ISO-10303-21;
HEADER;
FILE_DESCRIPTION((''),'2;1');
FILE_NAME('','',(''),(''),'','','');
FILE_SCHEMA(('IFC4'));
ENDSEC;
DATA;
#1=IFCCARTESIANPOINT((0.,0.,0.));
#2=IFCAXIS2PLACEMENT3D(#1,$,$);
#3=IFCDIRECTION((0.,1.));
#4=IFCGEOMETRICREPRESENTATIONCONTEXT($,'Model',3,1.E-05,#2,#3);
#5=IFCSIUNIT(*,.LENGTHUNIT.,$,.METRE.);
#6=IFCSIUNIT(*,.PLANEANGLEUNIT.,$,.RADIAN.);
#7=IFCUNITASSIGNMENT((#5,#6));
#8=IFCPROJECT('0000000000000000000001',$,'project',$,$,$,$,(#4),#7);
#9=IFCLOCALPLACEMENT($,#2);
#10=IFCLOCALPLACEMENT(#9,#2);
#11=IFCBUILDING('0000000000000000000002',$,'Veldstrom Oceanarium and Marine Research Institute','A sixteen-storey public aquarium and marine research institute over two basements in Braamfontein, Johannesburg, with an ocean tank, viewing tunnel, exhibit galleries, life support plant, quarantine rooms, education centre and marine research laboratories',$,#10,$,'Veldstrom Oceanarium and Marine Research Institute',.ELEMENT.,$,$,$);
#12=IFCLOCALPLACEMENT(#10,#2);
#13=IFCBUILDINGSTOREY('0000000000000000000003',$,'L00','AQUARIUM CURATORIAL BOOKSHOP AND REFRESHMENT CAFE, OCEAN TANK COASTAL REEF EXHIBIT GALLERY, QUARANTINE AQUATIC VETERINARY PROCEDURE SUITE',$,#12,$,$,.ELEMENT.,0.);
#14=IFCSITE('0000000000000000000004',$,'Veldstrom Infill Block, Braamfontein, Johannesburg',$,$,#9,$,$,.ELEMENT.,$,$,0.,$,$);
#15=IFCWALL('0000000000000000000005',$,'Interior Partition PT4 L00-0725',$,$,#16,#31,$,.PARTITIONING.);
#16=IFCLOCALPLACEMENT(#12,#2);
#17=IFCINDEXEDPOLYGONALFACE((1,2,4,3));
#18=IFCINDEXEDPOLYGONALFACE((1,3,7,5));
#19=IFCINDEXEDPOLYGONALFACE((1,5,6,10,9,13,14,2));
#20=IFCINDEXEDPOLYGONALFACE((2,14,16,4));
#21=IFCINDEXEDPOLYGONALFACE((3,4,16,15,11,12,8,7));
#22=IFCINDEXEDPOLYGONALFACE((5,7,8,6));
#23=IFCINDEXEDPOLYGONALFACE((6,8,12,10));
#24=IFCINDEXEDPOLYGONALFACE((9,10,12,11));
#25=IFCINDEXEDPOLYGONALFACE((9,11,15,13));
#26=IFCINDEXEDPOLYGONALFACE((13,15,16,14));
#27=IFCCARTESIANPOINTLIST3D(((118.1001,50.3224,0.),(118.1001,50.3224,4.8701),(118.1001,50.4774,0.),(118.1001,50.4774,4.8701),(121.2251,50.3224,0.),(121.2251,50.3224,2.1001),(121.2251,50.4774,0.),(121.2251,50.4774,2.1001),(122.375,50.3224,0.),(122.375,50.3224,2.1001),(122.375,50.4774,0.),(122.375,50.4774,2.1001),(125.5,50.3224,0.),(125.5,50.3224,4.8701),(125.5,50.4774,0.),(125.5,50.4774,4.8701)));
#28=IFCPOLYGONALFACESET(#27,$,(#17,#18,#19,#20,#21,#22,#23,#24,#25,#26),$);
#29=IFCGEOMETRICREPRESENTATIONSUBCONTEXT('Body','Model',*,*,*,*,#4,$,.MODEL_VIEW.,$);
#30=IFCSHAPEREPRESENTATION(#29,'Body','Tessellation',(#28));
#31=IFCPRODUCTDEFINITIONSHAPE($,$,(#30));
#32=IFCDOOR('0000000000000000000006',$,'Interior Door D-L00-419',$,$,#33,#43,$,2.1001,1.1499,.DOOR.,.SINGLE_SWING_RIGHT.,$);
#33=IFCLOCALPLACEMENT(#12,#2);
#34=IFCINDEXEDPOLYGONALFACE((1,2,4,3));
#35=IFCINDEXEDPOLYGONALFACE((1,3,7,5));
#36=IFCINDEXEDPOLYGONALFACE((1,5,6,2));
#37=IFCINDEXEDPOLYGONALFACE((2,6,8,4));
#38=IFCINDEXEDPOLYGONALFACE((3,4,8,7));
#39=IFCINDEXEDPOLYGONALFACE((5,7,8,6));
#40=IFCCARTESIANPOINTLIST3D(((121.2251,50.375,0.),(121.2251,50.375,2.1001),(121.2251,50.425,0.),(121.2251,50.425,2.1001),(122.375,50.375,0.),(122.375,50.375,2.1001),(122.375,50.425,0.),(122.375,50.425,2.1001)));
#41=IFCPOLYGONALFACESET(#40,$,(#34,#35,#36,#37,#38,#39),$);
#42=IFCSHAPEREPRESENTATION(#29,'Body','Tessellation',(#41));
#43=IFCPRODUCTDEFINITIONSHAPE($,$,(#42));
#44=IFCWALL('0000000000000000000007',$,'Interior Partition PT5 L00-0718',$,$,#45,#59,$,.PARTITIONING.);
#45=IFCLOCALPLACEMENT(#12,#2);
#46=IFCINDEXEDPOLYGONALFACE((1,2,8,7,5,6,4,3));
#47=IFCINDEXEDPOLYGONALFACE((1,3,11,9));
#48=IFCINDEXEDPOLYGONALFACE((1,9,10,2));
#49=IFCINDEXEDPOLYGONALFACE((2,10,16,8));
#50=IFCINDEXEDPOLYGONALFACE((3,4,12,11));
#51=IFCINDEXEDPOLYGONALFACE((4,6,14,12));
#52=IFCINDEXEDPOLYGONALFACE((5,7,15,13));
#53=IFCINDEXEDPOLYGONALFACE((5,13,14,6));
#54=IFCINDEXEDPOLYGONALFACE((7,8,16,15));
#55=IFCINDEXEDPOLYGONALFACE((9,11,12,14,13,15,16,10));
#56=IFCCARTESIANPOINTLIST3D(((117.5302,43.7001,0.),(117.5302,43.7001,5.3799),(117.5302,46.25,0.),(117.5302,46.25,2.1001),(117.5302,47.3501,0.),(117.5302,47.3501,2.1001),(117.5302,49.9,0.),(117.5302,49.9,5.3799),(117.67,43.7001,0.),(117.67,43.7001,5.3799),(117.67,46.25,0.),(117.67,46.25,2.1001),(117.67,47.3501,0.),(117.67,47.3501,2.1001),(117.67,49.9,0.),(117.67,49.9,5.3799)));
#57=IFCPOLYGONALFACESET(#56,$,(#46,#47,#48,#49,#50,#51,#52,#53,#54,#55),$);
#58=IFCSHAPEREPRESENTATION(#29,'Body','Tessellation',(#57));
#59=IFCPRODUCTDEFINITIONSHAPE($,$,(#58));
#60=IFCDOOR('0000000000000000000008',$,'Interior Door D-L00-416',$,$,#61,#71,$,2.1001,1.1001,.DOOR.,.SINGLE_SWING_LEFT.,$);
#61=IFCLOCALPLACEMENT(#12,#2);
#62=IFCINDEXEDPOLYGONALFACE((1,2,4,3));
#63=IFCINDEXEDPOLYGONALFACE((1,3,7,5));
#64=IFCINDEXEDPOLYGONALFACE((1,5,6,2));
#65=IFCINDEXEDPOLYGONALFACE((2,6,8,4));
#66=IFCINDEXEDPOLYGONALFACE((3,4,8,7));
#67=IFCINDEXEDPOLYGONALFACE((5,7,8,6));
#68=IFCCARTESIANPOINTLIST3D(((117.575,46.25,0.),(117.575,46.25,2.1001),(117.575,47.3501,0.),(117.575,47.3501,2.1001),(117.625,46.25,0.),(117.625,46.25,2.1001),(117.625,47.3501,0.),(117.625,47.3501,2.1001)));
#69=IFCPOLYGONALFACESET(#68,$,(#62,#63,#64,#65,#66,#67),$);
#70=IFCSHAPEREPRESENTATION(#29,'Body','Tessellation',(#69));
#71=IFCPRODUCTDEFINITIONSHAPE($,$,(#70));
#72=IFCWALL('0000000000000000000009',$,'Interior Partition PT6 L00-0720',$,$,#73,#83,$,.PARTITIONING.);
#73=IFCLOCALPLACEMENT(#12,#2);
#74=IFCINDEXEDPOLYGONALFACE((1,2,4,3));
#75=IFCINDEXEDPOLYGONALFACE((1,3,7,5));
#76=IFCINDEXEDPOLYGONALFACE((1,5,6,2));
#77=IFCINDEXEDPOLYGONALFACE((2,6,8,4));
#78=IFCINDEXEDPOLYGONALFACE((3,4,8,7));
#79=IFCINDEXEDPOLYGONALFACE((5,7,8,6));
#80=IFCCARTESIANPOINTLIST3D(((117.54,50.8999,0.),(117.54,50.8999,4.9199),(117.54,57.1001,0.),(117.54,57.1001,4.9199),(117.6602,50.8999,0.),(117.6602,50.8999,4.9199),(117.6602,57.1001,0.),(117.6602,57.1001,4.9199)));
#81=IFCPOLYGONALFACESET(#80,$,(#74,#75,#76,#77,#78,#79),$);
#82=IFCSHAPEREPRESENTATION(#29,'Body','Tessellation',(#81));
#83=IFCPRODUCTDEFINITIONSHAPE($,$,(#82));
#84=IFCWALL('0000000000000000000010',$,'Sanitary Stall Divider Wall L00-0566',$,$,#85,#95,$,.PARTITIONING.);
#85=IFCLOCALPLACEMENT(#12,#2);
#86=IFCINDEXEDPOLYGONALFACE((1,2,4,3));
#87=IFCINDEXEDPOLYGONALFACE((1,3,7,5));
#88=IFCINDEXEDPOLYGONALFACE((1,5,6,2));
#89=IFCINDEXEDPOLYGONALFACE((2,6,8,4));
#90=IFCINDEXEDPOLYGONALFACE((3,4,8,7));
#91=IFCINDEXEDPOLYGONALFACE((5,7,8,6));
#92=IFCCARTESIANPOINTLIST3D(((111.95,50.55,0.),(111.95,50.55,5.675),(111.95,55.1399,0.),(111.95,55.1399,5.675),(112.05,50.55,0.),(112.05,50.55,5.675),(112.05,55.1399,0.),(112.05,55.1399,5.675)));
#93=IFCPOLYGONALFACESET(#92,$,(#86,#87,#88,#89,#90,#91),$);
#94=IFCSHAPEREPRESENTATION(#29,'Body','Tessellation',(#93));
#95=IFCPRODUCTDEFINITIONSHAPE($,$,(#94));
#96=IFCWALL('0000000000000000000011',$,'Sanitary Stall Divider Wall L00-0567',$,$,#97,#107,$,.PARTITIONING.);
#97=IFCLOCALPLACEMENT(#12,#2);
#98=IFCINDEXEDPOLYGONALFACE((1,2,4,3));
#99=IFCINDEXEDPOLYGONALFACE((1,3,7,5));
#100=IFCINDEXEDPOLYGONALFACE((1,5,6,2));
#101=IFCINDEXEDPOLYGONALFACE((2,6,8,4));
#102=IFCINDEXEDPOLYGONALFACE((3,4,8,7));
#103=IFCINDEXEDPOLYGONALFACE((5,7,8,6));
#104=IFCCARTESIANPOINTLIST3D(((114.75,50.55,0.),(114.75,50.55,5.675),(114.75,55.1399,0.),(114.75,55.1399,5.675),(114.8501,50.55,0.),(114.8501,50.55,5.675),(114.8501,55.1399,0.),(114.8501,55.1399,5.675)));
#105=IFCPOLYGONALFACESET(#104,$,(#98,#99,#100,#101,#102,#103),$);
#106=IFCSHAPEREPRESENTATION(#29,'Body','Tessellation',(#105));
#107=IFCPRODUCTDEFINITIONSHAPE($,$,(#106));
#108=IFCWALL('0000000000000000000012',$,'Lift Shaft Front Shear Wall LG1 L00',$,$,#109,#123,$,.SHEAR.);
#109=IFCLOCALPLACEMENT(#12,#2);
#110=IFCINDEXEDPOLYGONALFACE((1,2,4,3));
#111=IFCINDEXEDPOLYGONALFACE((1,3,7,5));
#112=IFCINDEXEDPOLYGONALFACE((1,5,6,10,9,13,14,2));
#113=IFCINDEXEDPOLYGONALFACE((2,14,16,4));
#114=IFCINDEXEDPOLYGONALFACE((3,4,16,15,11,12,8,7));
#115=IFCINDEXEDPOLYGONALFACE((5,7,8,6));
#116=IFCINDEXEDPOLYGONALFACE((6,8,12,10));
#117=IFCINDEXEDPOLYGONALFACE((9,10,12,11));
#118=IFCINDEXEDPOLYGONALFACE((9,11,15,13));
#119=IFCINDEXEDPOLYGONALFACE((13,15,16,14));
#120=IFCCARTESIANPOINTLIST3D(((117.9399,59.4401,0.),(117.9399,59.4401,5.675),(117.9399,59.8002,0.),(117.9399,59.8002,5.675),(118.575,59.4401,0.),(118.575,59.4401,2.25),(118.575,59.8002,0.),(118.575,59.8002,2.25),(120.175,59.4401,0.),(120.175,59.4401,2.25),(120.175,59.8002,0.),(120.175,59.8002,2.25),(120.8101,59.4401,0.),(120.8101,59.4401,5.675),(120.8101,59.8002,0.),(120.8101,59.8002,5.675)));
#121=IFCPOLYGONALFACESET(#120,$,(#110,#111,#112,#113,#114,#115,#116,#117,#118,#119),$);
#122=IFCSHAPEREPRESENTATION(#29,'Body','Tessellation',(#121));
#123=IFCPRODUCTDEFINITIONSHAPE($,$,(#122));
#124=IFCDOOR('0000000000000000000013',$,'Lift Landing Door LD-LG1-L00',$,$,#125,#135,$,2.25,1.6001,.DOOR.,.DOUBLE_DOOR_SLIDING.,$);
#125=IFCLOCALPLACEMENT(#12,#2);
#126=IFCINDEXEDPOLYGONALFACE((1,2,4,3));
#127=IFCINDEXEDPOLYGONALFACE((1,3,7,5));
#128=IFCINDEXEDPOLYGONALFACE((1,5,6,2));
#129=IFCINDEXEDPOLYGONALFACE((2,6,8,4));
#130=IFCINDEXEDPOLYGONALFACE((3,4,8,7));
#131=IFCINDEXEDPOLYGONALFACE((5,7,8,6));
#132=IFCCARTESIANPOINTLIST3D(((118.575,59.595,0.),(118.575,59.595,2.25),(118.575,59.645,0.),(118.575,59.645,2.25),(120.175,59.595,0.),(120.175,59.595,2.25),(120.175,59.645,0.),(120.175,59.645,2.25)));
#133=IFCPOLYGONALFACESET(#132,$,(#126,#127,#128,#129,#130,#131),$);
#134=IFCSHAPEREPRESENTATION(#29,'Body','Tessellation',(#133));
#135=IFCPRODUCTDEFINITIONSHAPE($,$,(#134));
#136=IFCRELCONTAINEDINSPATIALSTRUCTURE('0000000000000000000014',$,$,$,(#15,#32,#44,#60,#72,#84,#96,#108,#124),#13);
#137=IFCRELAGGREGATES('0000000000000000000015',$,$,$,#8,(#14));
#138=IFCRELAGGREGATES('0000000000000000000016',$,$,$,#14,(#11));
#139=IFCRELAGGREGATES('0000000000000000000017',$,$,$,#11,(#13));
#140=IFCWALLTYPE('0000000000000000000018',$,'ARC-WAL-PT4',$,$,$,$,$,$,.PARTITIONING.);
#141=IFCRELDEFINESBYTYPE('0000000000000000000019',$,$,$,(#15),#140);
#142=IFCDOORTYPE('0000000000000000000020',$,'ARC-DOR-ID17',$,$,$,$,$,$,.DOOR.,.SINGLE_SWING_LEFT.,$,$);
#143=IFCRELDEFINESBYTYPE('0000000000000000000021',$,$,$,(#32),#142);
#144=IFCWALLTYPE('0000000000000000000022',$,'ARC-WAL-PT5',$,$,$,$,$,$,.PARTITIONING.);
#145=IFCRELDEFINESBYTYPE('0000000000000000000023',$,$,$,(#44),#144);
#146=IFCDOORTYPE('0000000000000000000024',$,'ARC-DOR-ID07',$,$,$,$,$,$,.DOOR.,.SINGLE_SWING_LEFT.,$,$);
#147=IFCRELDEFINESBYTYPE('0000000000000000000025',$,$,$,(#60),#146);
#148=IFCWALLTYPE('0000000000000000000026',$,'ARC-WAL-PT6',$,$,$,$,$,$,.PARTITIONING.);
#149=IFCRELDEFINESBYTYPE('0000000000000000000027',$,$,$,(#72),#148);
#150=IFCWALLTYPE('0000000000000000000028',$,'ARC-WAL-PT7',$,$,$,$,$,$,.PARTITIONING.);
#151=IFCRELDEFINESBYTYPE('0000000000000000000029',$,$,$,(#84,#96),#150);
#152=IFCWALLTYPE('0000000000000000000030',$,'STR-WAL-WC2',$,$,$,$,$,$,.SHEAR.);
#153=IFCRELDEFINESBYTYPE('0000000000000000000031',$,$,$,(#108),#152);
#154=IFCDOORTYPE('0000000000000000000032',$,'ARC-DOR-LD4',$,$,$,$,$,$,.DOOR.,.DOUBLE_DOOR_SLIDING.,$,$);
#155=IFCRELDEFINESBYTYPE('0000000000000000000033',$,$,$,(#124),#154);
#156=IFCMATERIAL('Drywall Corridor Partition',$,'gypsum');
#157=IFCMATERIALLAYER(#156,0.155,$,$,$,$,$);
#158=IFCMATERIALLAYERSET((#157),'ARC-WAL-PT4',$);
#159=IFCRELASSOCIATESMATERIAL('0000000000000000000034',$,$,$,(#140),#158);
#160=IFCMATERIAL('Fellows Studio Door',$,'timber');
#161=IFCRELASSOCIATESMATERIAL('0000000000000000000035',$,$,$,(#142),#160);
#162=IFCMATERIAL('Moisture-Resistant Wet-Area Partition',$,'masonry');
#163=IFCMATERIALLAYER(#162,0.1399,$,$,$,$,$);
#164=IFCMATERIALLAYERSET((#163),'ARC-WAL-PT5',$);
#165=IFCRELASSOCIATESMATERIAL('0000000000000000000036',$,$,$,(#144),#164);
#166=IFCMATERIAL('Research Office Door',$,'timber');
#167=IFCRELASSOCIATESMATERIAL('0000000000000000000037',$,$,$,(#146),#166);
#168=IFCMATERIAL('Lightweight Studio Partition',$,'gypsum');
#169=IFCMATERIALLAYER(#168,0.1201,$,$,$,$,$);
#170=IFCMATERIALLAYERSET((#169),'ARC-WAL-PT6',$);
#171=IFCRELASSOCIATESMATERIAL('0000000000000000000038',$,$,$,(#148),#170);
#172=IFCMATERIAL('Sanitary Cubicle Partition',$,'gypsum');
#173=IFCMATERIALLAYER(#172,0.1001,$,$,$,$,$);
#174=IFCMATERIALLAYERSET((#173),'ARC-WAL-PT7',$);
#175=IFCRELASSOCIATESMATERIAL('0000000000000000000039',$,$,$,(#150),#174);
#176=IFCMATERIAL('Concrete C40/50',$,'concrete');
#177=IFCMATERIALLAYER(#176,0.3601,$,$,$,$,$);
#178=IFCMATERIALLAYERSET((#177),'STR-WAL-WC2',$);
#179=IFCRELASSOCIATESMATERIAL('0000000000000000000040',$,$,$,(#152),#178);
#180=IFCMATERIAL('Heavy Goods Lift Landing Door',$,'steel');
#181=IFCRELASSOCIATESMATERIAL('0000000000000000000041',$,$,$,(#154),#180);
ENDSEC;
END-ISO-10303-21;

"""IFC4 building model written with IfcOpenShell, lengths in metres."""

from ifc_helpers import new_model, si_unit, direction, frame, frame_2d, origin, place, context, subcontext, project, spatial, rectangle, extrude, material, layer, layer_set, type_object, element, fill, save


model = new_model("IFC4")

# Units and contexts
model_context = context("Model", 3, precision=1e-05, world=origin(), true_north=direction((0.0, 1.0)))
body_context = subcontext(model_context, "Body", "Model", "MODEL_VIEW")
ifc_project = project(units=[si_unit("LENGTHUNIT", "METRE"), si_unit("PLANEANGLEUNIT", "RADIAN")], contexts=[model_context])

# Site, building, storey
site_placement = place(None, origin())
site = spatial("IfcSite", under=ifc_project, at=site_placement, Name="Veldstrom Infill Block, Braamfontein, Johannesburg", CompositionType="ELEMENT", RefElevation=0.0)
building_placement = place(site_placement, origin())
building = spatial("IfcBuilding", under=site, at=building_placement, Name="Veldstrom Oceanarium and Marine Research Institute", Description="A sixteen-storey public aquarium and marine research institute over two basements in Braamfontein, Johannesburg, with an ocean tank, viewing tunnel, exhibit galleries, life support plant, quarantine rooms, education centre and marine research laboratories", LongName="Veldstrom Oceanarium and Marine Research Institute", CompositionType="ELEMENT")
storey_placement = place(building_placement, origin())
storey = spatial("IfcBuildingStorey", under=building, at=storey_placement, Name="L00", Description="AQUARIUM CURATORIAL BOOKSHOP AND REFRESHMENT CAFE, OCEAN TANK COASTAL REEF EXHIBIT GALLERY, QUARANTINE AQUATIC VETERINARY PROCEDURE SUITE", CompositionType="ELEMENT", Elevation=0.0)

# Walls, openings, doors
ifc_material_1 = material(Name="Drywall Corridor Partition", Category="gypsum")
ifc_layer_1 = layer(ifc_material_1, 0.155)
ifc_layer_set_1 = layer_set([ifc_layer_1], Name="ARC-WAL-PT4")
wall_type_1 = type_object("IfcWallType", Name="ARC-WAL-PT4", PredefinedType="PARTITIONING", material=ifc_layer_set_1)
ifc_material_2 = material(Name="Fellows Studio Door", Category="timber")
door_type_1 = type_object("IfcDoorType", Name="ARC-DOR-ID17", OperationType="SINGLE_SWING_LEFT", PredefinedType="DOOR", material=ifc_material_2)
wall_1_placement = place(storey_placement, frame((118.1001, 50.3999, 0.0), z_axis=(0.0, 0.0, 1.0), x_axis=(1.0, 0.0, 0.0)))
wall_1 = element("IfcWall", 1, at=wall_1_placement, inside=storey, type_object=wall_type_1, Name="Interior Partition PT4 L00-0725", PredefinedType="PARTITIONING", context=body_context, shape_type="SweptSolid", body=[
    extrude(rectangle(XDim=7.3999, YDim=0.155, at=frame_2d((3.7, 0.0))), origin(), (0.0, 0.0, 1.0), 4.8701),
])
opening_1_placement = place(wall_1_placement, frame((3.125, 0.0, 0.0)))
opening_1 = element("IfcOpeningElement", 2, at=opening_1_placement, cuts=wall_1, PredefinedType="OPENING", context=body_context, shape_type="SweptSolid", body=[
    extrude(rectangle(XDim=1.1499, YDim=2.1001, at=frame_2d((0.575, 1.05))), frame((0.0, 0.0874, 0.0), z_axis=(0.0, -1.0, 0.0), x_axis=(1.0, 0.0, 0.0)), (0.0, 0.0, 1.0), 0.175),
])
door_1_placement = place(opening_1_placement, frame((1.1499, 0.0, 0.0), z_axis=(0.0, 0.0, 1.0), x_axis=(-1.0, 0.0, 0.0)))
door_1 = element("IfcDoor", 3, at=door_1_placement, inside=storey, type_object=door_type_1, Name="Interior Door D-L00-419", OperationType="SINGLE_SWING_RIGHT", OverallHeight=2.1001, OverallWidth=1.1499, PredefinedType="DOOR", context=body_context, shape_type="SweptSolid", body=[
    extrude(rectangle(XDim=1.1499, YDim=2.1001, at=frame_2d((0.575, 1.05))), frame((0.0, 0.0249, 0.0), z_axis=(0.0, -1.0, 0.0), x_axis=(1.0, 0.0, 0.0)), (0.0, 0.0, 1.0), 0.05),
])
fill(opening_1, door_1)
ifc_material_3 = material(Name="Moisture-Resistant Wet-Area Partition", Category="masonry")
ifc_layer_2 = layer(ifc_material_3, 0.1399)
ifc_layer_set_2 = layer_set([ifc_layer_2], Name="ARC-WAL-PT5")
wall_type_2 = type_object("IfcWallType", Name="ARC-WAL-PT5", PredefinedType="PARTITIONING", material=ifc_layer_set_2)
wall_2_placement = place(storey_placement, frame((117.6001, 43.7, 0.0), z_axis=(0.0, 0.0, 1.0), x_axis=(0.0, 1.0, 0.0)))
wall_2 = element("IfcWall", 4, at=wall_2_placement, inside=storey, type_object=wall_type_2, Name="Interior Partition PT5 L00-0718", PredefinedType="PARTITIONING", context=body_context, shape_type="SweptSolid", body=[
    extrude(rectangle(XDim=6.2, YDim=0.1399, at=frame_2d((3.1001, 0.0))), origin(), (0.0, 0.0, 1.0), 5.3799),
])
opening_2_placement = place(wall_2_placement, frame((2.55, 0.0, 0.0)))
opening_2 = element("IfcOpeningElement", 5, at=opening_2_placement, cuts=wall_2, PredefinedType="OPENING", context=body_context, shape_type="SweptSolid", body=[
    extrude(rectangle(XDim=1.1001, YDim=2.1001, at=frame_2d((0.55, 1.05))), frame((0.0, 0.0798, 0.0), z_axis=(0.0, -1.0, 0.0), x_axis=(1.0, 0.0, 0.0)), (0.0, 0.0, 1.0), 0.1599),
])
ifc_material_4 = material(Name="Research Office Door", Category="timber")
door_type_2 = type_object("IfcDoorType", Name="ARC-DOR-ID07", OperationType="SINGLE_SWING_LEFT", PredefinedType="DOOR", material=ifc_material_4)
door_2_placement = place(opening_2_placement, frame((1.1001, 0.0, 0.0), z_axis=(0.0, 0.0, 1.0), x_axis=(-1.0, 0.0, 0.0)))
door_2 = element("IfcDoor", 6, at=door_2_placement, inside=storey, type_object=door_type_2, Name="Interior Door D-L00-416", OperationType="SINGLE_SWING_LEFT", OverallHeight=2.1001, OverallWidth=1.1001, PredefinedType="DOOR", context=body_context, shape_type="SweptSolid", body=[
    extrude(rectangle(XDim=1.1001, YDim=2.1001, at=frame_2d((0.55, 1.05))), frame((0.0, 0.0249, 0.0), z_axis=(0.0, -1.0, 0.0), x_axis=(1.0, 0.0, 0.0)), (0.0, 0.0, 1.0), 0.05),
])
fill(opening_2, door_2)

# Walls
ifc_material_5 = material(Name="Lightweight Studio Partition", Category="gypsum")
ifc_layer_3 = layer(ifc_material_5, 0.1201)
ifc_layer_set_3 = layer_set([ifc_layer_3], Name="ARC-WAL-PT6")
wall_type_3 = type_object("IfcWallType", Name="ARC-WAL-PT6", PredefinedType="PARTITIONING", material=ifc_layer_set_3)
wall_3_placement = place(storey_placement, frame((117.6001, 50.8999, 0.0), z_axis=(0.0, 0.0, 1.0), x_axis=(0.0, 1.0, 0.0)))
element("IfcWall", 7, at=wall_3_placement, inside=storey, type_object=wall_type_3, Name="Interior Partition PT6 L00-0720", PredefinedType="PARTITIONING", context=body_context, shape_type="SweptSolid", body=[
    extrude(rectangle(XDim=6.2002, YDim=0.1201, at=frame_2d((3.1001, 0.0))), origin(), (0.0, 0.0, 1.0), 4.9199),
])
ifc_material_6 = material(Name="Sanitary Cubicle Partition", Category="gypsum")
ifc_layer_4 = layer(ifc_material_6, 0.1001)
ifc_layer_set_4 = layer_set([ifc_layer_4], Name="ARC-WAL-PT7")
wall_type_4 = type_object("IfcWallType", Name="ARC-WAL-PT7", PredefinedType="PARTITIONING", material=ifc_layer_set_4)
for number, where, z_axis, x_axis, name in (
    (8, (112.0, 50.55, 0.0), (0.0, 0.0, 1.0), (0.0, 1.0, 0.0), "Sanitary Stall Divider Wall L00-0566"),
    (9, (114.8, 50.55, 0.0), (0.0, 0.0, 1.0), (0.0, 1.0, 0.0), "Sanitary Stall Divider Wall L00-0567"),
):
    element("IfcWall", number, at=place(storey_placement, frame(where, z_axis=z_axis, x_axis=x_axis)), inside=storey, type_object=wall_type_4, Name=name, PredefinedType="PARTITIONING", context=body_context, shape_type="SweptSolid", body=[
        extrude(rectangle(XDim=4.5898, YDim=0.1001, at=frame_2d((2.2949, 0.0))), origin(), (0.0, 0.0, 1.0), 5.675),
    ])

# Wall, opening, door
ifc_material_7 = material(Name="Concrete C40/50", Category="concrete")
ifc_layer_5 = layer(ifc_material_7, 0.3601)
ifc_layer_set_5 = layer_set([ifc_layer_5], Name="STR-WAL-WC2")
wall_type_5 = type_object("IfcWallType", Name="STR-WAL-WC2", PredefinedType="SHEAR", material=ifc_layer_set_5)
wall_4_placement = place(storey_placement, frame((117.9399, 59.6201, 0.0), z_axis=(0.0, 0.0, 1.0), x_axis=(1.0, 0.0, 0.0)))
wall_4 = element("IfcWall", 10, at=wall_4_placement, inside=storey, type_object=wall_type_5, Name="Lift Shaft Front Shear Wall LG1 L00", PredefinedType="SHEAR", context=body_context, shape_type="SweptSolid", body=[
    extrude(rectangle(XDim=2.8701, YDim=0.3601, at=frame_2d((1.4351, 0.0))), origin(), (0.0, 0.0, 1.0), 5.675),
])
opening_3_placement = place(wall_4_placement, frame((0.635, 0.0, 0.0)))
opening_3 = element("IfcOpeningElement", 11, at=opening_3_placement, cuts=wall_4, PredefinedType="OPENING", context=body_context, shape_type="SweptSolid", body=[
    extrude(rectangle(XDim=1.6001, YDim=2.25, at=frame_2d((0.8, 1.125))), frame((0.0, 0.1899, 0.0), z_axis=(0.0, -1.0, 0.0), x_axis=(1.0, 0.0, 0.0)), (0.0, 0.0, 1.0), 0.3801),
])
ifc_material_8 = material(Name="Heavy Goods Lift Landing Door", Category="steel")
door_type_3 = type_object("IfcDoorType", Name="ARC-DOR-LD4", OperationType="DOUBLE_DOOR_SLIDING", PredefinedType="DOOR", material=ifc_material_8)
door_3_placement = place(opening_3_placement, origin())
door_3 = element("IfcDoor", 12, at=door_3_placement, inside=storey, type_object=door_type_3, Name="Lift Landing Door LD-LG1-L00", OperationType="DOUBLE_DOOR_SLIDING", OverallHeight=2.25, OverallWidth=1.6001, PredefinedType="DOOR", context=body_context, shape_type="SweptSolid", body=[
    extrude(rectangle(XDim=1.6001, YDim=2.25, at=frame_2d((0.8, 1.125))), frame((0.0, 0.0249, 0.0), z_axis=(0.0, -1.0, 0.0), x_axis=(1.0, 0.0, 0.0)), (0.0, 0.0, 1.0), 0.05),
])
fill(opening_3, door_3)

save(model, "model.ifc")
